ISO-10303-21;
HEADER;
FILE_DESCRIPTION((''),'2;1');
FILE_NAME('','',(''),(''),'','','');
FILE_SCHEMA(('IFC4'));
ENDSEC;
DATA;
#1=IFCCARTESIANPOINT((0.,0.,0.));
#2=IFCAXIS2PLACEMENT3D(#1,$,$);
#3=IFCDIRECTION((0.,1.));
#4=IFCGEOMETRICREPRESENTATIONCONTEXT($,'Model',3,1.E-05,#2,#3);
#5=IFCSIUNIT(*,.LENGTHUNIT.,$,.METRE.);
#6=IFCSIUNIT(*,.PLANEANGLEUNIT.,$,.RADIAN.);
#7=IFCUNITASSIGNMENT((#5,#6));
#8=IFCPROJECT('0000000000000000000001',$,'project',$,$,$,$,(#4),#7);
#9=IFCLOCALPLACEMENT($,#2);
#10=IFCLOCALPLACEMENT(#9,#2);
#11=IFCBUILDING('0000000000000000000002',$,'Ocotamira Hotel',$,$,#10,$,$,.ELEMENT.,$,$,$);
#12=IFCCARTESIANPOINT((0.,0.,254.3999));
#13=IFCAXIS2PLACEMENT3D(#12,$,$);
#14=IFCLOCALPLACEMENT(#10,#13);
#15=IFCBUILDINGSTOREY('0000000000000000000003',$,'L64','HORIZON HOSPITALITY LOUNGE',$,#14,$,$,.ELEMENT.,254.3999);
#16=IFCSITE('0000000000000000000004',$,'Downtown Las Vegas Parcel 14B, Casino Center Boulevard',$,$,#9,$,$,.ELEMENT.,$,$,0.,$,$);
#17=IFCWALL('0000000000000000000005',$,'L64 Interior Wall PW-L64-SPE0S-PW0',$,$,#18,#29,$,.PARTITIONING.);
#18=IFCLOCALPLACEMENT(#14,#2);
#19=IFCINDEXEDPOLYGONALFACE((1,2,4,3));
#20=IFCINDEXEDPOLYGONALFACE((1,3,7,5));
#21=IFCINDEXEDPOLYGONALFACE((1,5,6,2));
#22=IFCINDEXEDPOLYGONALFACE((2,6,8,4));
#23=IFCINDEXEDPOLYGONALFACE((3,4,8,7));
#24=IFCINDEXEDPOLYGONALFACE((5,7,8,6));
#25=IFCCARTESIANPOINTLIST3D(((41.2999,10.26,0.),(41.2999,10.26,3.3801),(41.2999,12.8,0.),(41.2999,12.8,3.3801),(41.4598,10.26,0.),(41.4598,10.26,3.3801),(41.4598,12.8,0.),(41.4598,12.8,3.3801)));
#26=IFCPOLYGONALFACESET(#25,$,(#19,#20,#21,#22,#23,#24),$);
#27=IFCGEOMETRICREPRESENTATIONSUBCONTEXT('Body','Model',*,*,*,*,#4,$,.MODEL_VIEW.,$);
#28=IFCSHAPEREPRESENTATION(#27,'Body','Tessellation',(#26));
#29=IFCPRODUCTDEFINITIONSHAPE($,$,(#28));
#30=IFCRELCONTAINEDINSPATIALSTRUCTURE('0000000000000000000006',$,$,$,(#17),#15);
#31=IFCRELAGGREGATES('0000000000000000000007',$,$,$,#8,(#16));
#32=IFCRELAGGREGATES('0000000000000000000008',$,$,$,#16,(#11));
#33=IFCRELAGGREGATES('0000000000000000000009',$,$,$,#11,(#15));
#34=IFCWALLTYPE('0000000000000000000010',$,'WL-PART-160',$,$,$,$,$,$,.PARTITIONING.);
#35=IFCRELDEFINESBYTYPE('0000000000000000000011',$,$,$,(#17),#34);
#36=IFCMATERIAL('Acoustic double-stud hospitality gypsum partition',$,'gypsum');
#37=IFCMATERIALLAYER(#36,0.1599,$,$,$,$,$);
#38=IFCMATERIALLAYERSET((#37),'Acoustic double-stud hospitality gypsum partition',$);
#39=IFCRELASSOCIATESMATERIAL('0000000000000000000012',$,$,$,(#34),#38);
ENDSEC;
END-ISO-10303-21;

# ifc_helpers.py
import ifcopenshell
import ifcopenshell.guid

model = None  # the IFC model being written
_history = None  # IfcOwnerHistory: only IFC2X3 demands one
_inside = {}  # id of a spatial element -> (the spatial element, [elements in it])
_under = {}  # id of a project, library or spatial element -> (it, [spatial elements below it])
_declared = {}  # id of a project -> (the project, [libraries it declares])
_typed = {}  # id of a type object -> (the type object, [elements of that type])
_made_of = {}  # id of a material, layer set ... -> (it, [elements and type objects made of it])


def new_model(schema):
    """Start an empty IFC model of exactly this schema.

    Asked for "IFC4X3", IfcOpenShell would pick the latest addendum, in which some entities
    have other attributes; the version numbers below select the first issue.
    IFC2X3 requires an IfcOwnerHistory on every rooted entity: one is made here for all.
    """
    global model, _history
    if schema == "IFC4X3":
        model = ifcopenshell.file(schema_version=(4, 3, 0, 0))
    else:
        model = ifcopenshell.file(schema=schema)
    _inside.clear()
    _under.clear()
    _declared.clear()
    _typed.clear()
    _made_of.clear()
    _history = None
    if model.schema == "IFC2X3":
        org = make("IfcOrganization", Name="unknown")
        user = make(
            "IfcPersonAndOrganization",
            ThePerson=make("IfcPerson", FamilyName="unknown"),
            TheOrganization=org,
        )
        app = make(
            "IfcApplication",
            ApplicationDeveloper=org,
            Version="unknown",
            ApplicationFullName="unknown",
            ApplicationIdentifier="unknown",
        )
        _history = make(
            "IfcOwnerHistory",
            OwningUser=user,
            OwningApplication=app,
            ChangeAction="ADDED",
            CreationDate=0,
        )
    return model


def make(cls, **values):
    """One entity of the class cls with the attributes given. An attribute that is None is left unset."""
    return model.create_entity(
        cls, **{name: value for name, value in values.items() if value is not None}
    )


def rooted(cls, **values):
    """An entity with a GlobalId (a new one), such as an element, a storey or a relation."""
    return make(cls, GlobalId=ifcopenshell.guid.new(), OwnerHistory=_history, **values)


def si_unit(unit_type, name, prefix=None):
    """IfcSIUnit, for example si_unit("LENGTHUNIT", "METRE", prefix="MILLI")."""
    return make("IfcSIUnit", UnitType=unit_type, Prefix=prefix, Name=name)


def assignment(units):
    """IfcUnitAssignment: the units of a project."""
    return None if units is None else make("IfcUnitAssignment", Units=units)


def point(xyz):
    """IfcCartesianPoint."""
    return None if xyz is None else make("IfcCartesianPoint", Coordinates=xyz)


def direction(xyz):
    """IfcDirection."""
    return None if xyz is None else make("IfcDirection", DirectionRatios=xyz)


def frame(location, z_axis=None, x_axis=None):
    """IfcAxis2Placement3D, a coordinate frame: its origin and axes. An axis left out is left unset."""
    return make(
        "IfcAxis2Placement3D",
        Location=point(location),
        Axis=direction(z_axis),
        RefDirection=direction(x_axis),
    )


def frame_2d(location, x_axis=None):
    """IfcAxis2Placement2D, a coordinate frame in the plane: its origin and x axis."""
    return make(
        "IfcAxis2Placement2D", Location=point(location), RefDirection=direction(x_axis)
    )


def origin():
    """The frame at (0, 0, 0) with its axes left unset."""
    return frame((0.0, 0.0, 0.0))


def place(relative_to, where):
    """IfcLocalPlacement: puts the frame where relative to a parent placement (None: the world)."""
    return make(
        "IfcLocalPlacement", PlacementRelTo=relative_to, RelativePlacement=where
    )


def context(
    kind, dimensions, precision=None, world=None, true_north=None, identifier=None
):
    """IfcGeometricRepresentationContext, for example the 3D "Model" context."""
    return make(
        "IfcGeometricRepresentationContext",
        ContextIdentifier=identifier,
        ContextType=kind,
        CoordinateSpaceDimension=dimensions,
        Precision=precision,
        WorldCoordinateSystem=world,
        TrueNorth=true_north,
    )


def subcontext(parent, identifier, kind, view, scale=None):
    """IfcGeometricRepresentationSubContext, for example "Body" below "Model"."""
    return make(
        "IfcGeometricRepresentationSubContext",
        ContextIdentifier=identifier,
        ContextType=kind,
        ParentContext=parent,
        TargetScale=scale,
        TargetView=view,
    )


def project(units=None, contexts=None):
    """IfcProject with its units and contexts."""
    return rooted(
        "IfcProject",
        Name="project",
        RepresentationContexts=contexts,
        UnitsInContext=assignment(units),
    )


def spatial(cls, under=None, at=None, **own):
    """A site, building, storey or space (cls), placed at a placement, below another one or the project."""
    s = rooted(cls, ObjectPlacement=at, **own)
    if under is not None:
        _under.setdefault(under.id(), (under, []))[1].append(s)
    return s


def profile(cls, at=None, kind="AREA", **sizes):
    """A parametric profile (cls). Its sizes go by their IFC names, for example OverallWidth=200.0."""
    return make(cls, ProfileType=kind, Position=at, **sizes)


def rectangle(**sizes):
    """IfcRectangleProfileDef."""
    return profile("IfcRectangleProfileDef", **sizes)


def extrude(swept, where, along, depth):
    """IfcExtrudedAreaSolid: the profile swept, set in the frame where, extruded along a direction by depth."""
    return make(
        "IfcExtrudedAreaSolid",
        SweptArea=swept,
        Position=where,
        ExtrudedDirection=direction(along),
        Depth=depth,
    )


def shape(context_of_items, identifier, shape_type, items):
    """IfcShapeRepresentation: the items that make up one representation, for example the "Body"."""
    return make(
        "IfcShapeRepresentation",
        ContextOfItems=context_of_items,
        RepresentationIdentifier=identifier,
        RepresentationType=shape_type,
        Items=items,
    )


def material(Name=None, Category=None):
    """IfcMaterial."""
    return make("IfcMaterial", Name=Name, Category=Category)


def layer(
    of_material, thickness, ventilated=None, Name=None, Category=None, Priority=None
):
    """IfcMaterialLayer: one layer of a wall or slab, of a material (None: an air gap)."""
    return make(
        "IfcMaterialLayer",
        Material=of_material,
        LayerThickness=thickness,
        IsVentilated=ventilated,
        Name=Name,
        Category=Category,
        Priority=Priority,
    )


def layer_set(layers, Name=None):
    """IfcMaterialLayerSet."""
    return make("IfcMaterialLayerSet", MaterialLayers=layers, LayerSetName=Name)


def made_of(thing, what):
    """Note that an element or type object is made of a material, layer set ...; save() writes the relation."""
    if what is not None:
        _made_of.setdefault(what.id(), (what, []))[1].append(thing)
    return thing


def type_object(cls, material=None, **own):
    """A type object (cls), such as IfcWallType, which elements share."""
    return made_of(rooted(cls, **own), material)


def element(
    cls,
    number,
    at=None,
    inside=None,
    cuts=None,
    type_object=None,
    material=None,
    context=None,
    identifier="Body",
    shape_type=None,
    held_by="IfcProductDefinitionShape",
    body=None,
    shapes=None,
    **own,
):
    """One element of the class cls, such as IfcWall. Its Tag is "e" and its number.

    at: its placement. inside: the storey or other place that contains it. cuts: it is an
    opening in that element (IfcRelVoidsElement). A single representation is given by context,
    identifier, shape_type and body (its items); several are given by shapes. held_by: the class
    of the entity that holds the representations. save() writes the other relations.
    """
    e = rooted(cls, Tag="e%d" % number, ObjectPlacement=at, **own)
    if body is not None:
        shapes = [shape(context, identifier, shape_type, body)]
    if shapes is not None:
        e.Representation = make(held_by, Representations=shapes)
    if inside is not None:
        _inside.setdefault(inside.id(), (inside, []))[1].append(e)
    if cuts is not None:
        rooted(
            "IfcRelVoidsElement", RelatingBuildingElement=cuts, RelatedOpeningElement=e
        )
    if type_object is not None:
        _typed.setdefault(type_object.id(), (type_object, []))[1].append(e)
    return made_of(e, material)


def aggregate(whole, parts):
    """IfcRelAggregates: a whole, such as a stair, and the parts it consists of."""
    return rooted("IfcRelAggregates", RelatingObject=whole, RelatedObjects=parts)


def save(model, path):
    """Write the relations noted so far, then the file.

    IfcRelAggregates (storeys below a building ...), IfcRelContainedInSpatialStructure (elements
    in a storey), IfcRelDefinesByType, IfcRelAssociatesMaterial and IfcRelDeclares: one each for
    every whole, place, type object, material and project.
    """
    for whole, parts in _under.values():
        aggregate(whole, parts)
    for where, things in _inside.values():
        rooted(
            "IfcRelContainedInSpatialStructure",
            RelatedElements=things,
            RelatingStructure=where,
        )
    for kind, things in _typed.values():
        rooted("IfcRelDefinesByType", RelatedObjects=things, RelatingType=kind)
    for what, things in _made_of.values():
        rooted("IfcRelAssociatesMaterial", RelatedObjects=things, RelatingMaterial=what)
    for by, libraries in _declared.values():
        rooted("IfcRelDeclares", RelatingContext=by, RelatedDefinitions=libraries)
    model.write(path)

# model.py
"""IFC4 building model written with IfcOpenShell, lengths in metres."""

from ifc_helpers import new_model, si_unit, direction, frame, frame_2d, origin, place, context, subcontext, project, spatial, rectangle, extrude, material, layer, layer_set, type_object, element, save


model = new_model("IFC4")

# Units and contexts
model_context = context("Model", 3, precision=1e-05, world=origin(), true_north=direction((0.0, 1.0)))
body_context = subcontext(model_context, "Body", "Model", "MODEL_VIEW")
ifc_project = project(units=[si_unit("LENGTHUNIT", "METRE"), si_unit("PLANEANGLEUNIT", "RADIAN")], contexts=[model_context])

# Site, building, storey
site_placement = place(None, origin())
site = spatial("IfcSite", under=ifc_project, at=site_placement, Name="Downtown Las Vegas Parcel 14B, Casino Center Boulevard", CompositionType="ELEMENT", RefElevation=0.0)
building_placement = place(site_placement, origin())
building = spatial("IfcBuilding", under=site, at=building_placement, Name="Ocotamira Hotel", CompositionType="ELEMENT")
storey_placement = place(building_placement, frame((0.0, 0.0, 254.3999)))
storey = spatial("IfcBuildingStorey", under=building, at=storey_placement, Name="L64", Description="HORIZON HOSPITALITY LOUNGE", CompositionType="ELEMENT", Elevation=254.3999)

# Wall
ifc_material_1 = material(Name="Acoustic double-stud hospitality gypsum partition", Category="gypsum")
ifc_layer_1 = layer(ifc_material_1, 0.1599)
ifc_layer_set_1 = layer_set([ifc_layer_1], Name="Acoustic double-stud hospitality gypsum partition")
wall_type_1 = type_object("IfcWallType", Name="WL-PART-160", PredefinedType="PARTITIONING", material=ifc_layer_set_1)
wall_1_placement = place(storey_placement, frame((41.3799, 10.26, 0.0), z_axis=(0.0, 0.0, 1.0), x_axis=(0.0, 1.0, 0.0)))
element("IfcWall", 1, at=wall_1_placement, inside=storey, type_object=wall_type_1, Name="L64 Interior Wall PW-L64-SPE0S-PW0", PredefinedType="PARTITIONING", context=body_context, shape_type="SweptSolid", body=[
    extrude(rectangle(XDim=2.54, YDim=0.1599, at=frame_2d((1.27, 0.0))), origin(), (0.0, 0.0, 1.0), 3.3801),
])

save(model, "model.ifc")
